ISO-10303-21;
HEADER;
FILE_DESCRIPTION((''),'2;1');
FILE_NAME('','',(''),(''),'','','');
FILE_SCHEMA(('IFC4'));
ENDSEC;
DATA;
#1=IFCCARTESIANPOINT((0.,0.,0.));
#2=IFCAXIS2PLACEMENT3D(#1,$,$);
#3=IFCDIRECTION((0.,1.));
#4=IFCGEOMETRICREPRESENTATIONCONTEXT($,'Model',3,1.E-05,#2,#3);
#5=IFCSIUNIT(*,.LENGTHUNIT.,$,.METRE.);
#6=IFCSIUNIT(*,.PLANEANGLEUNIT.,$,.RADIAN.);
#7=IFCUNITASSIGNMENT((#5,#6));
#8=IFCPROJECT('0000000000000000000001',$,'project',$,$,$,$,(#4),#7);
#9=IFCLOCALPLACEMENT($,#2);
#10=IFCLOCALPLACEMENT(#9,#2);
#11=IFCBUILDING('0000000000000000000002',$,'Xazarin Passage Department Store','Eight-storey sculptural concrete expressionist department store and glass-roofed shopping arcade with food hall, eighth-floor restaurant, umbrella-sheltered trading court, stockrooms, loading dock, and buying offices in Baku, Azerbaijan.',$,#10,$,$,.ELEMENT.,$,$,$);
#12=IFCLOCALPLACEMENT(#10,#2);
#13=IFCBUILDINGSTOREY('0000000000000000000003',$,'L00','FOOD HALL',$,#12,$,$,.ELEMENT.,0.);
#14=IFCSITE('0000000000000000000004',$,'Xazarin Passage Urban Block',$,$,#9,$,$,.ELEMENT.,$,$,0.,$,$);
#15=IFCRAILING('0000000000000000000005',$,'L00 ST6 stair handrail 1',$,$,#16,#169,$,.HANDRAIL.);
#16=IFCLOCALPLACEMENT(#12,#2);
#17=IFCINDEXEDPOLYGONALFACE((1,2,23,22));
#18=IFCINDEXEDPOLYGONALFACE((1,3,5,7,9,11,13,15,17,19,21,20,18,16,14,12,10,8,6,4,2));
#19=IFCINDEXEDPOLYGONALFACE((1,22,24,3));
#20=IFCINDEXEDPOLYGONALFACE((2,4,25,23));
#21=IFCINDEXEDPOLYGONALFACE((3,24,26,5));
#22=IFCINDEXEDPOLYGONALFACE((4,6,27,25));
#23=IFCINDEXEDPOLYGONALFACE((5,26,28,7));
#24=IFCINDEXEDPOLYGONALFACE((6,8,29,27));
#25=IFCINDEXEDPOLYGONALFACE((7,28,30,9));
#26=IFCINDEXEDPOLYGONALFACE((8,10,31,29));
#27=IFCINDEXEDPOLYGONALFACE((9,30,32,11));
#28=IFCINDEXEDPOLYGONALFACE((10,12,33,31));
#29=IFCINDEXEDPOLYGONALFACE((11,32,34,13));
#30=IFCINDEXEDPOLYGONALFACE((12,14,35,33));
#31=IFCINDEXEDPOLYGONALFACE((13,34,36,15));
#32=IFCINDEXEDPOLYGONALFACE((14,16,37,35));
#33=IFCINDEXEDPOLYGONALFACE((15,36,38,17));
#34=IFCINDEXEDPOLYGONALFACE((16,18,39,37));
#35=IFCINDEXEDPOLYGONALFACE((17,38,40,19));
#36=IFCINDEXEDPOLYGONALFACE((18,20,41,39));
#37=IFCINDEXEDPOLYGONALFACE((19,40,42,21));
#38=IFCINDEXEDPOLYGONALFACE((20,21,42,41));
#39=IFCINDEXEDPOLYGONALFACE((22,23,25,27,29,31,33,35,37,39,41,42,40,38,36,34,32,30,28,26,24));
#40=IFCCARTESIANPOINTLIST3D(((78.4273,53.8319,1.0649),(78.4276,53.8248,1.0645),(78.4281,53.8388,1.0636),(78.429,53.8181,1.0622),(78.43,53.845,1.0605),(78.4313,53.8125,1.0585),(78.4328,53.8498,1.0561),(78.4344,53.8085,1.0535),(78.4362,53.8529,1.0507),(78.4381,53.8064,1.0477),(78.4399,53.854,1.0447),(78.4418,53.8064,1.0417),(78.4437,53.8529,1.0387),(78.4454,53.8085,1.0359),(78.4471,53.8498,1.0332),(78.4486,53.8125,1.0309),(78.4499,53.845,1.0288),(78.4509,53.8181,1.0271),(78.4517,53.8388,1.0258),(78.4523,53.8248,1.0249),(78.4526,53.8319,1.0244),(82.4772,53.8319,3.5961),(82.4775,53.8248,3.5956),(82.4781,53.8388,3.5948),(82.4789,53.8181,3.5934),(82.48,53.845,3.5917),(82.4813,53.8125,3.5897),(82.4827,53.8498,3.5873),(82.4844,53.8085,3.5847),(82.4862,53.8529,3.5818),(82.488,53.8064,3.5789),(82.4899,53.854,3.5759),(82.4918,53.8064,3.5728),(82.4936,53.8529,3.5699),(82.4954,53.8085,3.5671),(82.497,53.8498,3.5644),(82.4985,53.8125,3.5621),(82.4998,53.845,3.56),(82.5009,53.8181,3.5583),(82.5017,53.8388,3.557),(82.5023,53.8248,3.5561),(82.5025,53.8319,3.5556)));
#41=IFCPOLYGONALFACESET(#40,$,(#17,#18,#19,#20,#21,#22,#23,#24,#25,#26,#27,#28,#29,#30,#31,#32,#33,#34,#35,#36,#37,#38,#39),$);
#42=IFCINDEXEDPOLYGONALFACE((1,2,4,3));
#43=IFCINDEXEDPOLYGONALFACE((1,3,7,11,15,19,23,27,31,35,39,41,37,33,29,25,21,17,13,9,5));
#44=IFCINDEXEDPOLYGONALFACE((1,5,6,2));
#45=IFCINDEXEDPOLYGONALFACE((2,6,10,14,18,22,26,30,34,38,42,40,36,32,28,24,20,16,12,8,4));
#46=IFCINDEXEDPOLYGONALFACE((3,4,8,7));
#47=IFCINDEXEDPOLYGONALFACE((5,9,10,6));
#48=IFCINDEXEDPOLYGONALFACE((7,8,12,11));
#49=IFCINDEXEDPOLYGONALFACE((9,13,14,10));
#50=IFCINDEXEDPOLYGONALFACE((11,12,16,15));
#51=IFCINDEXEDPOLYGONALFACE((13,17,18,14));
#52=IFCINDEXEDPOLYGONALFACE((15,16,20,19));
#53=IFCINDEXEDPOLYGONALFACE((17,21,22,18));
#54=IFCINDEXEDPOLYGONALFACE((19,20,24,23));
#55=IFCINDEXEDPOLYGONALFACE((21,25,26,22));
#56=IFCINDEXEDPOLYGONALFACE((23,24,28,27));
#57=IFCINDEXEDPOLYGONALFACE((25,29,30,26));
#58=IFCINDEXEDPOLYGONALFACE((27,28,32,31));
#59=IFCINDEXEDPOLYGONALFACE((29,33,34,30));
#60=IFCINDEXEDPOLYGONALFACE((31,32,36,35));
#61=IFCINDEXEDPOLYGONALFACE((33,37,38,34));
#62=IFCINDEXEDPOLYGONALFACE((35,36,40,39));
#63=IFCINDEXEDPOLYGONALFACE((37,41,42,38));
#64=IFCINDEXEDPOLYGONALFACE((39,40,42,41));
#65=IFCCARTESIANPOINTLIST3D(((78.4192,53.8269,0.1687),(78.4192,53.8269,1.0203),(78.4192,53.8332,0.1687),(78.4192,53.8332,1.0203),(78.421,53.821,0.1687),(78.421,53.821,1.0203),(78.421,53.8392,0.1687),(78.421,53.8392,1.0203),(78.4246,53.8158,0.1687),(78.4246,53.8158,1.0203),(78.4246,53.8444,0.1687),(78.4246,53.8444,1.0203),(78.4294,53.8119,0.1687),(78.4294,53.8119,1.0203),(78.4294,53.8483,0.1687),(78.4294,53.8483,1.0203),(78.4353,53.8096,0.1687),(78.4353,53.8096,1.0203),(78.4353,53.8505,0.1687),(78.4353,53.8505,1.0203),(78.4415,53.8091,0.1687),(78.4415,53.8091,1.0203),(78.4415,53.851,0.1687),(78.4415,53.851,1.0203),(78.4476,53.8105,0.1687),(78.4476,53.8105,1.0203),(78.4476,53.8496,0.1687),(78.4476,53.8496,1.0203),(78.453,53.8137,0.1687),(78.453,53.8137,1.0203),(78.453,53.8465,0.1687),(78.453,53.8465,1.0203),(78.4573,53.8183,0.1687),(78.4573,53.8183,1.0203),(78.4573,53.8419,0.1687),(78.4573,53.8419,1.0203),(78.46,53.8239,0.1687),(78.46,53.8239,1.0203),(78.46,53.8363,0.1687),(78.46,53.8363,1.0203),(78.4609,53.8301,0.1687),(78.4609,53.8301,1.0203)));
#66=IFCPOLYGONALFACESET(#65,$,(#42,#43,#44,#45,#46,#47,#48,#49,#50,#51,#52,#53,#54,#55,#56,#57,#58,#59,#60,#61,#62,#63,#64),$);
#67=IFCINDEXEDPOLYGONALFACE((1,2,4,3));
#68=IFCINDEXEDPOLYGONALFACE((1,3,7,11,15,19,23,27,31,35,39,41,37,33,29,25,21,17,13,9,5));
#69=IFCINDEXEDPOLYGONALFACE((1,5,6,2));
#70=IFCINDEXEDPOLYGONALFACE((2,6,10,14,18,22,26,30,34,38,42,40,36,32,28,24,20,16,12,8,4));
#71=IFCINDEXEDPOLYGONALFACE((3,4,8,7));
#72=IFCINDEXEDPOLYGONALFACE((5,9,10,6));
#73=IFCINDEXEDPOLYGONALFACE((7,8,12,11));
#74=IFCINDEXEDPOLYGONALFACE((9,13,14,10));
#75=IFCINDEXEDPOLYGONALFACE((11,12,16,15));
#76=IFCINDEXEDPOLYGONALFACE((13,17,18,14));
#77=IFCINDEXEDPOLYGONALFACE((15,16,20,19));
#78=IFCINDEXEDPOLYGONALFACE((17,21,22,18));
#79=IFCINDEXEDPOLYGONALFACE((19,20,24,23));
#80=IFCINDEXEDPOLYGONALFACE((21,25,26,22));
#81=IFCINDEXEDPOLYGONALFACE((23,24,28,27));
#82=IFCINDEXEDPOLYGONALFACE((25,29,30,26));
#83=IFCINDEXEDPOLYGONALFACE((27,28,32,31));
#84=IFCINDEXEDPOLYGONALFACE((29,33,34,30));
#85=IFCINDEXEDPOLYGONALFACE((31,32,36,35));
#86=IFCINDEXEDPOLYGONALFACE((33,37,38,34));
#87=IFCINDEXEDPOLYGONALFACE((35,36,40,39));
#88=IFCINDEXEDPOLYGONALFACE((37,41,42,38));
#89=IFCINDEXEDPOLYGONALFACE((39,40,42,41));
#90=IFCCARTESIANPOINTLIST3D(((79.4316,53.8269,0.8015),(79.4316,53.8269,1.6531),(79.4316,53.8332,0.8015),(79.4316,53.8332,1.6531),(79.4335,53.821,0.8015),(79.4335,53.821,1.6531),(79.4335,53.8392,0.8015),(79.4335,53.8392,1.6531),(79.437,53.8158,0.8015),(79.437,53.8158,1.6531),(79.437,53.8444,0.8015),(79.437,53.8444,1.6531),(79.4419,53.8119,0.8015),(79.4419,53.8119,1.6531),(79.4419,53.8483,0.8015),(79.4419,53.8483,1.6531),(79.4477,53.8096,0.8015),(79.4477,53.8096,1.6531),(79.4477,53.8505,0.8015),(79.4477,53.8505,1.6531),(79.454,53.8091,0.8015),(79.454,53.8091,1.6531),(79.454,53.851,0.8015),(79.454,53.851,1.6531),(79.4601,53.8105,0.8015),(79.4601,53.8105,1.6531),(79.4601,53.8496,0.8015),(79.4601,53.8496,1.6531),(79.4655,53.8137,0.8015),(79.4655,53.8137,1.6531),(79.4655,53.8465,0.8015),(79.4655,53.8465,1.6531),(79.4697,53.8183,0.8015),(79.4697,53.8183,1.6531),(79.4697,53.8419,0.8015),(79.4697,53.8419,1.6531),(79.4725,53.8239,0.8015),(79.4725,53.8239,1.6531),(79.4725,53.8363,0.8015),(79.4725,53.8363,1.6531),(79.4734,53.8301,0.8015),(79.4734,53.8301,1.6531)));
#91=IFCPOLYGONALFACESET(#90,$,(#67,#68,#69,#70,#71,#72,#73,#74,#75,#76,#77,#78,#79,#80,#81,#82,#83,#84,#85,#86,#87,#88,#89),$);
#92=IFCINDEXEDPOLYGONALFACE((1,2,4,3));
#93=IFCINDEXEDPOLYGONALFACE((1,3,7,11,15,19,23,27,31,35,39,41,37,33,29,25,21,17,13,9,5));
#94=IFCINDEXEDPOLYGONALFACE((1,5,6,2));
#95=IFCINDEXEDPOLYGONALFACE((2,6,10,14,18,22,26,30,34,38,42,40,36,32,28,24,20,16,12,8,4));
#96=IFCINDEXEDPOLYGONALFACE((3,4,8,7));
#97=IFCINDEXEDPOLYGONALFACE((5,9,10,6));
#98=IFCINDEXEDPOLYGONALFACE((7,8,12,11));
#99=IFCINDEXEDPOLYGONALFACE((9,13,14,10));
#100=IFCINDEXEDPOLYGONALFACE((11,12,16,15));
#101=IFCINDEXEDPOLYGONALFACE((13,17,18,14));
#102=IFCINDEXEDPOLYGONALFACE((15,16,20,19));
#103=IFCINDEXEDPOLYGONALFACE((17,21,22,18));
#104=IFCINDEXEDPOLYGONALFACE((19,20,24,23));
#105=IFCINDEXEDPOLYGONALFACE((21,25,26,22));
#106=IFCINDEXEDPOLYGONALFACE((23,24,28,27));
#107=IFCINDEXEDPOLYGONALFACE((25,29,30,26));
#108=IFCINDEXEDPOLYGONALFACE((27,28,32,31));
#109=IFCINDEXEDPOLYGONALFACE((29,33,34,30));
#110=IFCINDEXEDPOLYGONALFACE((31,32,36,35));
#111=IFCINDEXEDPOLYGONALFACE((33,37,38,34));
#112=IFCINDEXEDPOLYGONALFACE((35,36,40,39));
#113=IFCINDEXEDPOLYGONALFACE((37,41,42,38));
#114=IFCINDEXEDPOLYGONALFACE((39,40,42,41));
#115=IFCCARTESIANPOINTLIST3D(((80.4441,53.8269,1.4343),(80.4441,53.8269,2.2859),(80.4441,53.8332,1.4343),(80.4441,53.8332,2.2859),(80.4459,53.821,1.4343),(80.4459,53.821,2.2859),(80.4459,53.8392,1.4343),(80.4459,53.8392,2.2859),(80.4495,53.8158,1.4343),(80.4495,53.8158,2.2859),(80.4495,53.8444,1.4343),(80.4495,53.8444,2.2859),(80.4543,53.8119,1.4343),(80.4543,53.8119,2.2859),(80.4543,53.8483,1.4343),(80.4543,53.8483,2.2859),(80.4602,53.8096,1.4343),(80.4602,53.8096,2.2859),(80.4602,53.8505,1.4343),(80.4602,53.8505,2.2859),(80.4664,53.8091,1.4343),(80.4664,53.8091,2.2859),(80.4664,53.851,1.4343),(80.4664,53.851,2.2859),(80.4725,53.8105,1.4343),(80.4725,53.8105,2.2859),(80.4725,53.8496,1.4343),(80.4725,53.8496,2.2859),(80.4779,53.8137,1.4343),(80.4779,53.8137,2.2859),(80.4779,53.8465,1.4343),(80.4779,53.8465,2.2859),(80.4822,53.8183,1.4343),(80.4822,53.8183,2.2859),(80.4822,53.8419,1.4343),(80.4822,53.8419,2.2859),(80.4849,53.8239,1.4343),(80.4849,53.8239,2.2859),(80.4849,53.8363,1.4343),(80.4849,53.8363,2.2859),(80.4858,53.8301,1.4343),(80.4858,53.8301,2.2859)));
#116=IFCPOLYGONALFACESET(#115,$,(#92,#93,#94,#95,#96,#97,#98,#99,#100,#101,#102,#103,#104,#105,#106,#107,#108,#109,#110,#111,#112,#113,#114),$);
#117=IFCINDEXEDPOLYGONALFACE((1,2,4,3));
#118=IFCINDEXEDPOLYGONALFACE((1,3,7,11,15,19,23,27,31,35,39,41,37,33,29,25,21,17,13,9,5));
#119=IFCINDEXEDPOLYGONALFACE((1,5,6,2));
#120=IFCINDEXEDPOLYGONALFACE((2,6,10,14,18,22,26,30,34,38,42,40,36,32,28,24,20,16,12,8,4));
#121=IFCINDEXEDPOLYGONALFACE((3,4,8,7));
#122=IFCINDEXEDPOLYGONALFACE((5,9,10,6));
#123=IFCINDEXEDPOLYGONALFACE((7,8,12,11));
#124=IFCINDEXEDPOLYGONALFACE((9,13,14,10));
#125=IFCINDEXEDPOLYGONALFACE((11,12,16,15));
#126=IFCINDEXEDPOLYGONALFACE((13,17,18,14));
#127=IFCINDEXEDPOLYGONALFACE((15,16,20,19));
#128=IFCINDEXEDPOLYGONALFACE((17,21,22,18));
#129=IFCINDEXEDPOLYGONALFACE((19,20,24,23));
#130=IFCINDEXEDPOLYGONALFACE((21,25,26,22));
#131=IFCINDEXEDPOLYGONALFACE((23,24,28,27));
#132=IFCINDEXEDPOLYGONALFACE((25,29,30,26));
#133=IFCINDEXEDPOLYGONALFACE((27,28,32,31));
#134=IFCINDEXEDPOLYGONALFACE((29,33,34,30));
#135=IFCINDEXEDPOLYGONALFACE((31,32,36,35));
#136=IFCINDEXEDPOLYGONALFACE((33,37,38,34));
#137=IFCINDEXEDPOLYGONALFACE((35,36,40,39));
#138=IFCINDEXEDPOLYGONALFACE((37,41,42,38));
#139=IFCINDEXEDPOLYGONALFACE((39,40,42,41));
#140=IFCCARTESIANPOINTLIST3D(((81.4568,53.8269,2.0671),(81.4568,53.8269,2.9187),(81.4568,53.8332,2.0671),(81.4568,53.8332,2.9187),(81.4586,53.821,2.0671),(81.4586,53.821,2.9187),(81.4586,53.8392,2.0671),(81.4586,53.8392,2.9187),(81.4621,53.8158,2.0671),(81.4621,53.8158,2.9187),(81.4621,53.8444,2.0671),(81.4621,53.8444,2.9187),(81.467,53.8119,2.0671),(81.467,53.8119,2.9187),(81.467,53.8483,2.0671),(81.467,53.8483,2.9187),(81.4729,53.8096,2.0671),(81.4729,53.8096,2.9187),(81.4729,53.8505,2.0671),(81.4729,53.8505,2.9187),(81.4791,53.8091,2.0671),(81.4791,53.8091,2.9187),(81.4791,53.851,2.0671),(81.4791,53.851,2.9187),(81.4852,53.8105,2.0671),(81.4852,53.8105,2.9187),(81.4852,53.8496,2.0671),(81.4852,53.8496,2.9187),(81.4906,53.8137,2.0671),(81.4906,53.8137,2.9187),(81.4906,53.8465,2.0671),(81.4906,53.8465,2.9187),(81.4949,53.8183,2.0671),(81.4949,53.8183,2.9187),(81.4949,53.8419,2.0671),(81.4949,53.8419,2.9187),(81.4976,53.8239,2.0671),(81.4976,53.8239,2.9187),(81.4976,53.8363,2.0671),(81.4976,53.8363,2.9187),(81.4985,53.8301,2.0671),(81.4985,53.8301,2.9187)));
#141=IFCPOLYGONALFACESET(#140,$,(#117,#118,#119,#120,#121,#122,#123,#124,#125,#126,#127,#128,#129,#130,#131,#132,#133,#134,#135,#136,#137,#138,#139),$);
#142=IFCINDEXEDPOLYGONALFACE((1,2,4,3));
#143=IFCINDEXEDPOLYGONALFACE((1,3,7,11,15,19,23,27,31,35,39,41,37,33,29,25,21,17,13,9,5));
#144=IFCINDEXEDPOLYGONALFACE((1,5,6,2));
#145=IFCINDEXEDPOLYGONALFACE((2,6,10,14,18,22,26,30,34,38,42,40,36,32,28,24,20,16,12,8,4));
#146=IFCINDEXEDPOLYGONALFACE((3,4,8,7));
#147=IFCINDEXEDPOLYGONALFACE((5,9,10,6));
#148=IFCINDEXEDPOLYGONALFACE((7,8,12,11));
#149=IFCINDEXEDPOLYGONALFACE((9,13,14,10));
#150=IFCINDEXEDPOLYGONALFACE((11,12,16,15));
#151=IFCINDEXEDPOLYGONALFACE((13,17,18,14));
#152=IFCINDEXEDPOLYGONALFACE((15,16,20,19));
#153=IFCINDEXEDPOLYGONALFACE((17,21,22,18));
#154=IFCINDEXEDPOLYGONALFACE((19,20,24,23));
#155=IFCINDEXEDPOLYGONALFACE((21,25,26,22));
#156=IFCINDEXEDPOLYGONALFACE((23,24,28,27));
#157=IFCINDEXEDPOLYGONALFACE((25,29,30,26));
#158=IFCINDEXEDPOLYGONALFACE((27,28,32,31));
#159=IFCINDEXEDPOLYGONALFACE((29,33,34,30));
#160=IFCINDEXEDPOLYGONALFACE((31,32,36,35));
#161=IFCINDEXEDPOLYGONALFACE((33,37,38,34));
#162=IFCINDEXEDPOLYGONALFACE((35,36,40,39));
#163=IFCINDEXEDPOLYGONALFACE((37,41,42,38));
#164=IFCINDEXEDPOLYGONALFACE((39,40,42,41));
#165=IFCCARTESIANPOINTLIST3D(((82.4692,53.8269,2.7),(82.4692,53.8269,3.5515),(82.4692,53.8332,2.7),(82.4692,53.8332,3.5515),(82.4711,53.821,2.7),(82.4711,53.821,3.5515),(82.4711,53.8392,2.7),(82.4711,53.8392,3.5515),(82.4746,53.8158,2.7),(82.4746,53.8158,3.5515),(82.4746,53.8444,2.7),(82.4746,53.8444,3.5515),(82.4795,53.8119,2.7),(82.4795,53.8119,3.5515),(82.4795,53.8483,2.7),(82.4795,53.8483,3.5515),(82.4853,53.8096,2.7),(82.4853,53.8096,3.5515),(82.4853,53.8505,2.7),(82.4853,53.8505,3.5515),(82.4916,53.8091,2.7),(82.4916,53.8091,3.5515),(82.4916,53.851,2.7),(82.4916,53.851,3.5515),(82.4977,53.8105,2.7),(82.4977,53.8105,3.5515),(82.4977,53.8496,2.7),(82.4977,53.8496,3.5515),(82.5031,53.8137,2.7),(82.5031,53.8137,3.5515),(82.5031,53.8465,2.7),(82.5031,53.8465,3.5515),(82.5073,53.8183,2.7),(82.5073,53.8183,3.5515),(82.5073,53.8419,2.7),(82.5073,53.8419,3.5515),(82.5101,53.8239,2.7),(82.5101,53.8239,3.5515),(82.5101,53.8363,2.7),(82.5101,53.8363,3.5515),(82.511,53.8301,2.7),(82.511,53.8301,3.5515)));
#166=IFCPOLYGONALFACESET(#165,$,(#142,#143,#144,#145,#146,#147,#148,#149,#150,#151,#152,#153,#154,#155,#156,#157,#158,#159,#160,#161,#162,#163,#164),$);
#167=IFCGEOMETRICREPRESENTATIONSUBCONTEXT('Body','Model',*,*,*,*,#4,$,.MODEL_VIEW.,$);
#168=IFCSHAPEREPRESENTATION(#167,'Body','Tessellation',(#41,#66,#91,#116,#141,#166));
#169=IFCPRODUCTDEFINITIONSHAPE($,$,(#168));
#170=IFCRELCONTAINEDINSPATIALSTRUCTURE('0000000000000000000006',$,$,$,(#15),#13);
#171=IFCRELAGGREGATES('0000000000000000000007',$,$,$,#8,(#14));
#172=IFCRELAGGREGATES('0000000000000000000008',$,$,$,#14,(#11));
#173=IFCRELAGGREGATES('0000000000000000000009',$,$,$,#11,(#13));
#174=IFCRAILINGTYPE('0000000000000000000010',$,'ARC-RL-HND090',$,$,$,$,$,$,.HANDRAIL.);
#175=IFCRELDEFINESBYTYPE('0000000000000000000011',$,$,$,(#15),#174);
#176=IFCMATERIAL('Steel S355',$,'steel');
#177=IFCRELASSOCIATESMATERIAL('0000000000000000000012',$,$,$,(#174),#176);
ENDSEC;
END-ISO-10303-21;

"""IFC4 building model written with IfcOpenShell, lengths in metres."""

from ifc_helpers import new_model, si_unit, direction, frame, origin, origin_2d, place, context, subcontext, project, spatial, circle, extrude, material, type_object, element, save


model = new_model("IFC4")

# Units and contexts
model_context = context("Model", 3, precision=1e-05, world=origin(), true_north=direction((0.0, 1.0)))
body_context = subcontext(model_context, "Body", "Model", "MODEL_VIEW")
ifc_project = project(units=[si_unit("LENGTHUNIT", "METRE"), si_unit("PLANEANGLEUNIT", "RADIAN")], contexts=[model_context])

# Site, building, storey
site_placement = place(None, origin())
site = spatial("IfcSite", under=ifc_project, at=site_placement, Name="Xazarin Passage Urban Block", CompositionType="ELEMENT", RefElevation=0.0)
building_placement = place(site_placement, origin())
building = spatial("IfcBuilding", under=site, at=building_placement, Name="Xazarin Passage Department Store", Description="Eight-storey sculptural concrete expressionist department store and glass-roofed shopping arcade with food hall, eighth-floor restaurant, umbrella-sheltered trading court, stockrooms, loading dock, and buying offices in Baku, Azerbaijan.", CompositionType="ELEMENT")
storey_placement = place(building_placement, origin())
storey = spatial("IfcBuildingStorey", under=building, at=storey_placement, Name="L00", Description="FOOD HALL", CompositionType="ELEMENT", Elevation=0.0)

# Shared definitions
ifc_material_1 = material(Name="Steel S355", Category="steel")

# Railing
railing_type_1 = type_object("IfcRailingType", Name="ARC-RL-HND090", PredefinedType="HANDRAIL", material=ifc_material_1)
railing_1_placement = place(storey_placement, frame((78.4399, 53.8301, 0.1687)))
element("IfcRailing", 1, at=railing_1_placement, inside=storey, type_object=railing_type_1, Name="L00 ST6 stair handrail 1", PredefinedType="HANDRAIL", context=body_context, shape_type="SweptSolid", body=[
    extrude(circle(Radius=0.0239, at=origin_2d()), frame((0.0, 0.0, 0.876), z_axis=(0.848001, 0.0, 0.529994), x_axis=(0.0, 1.0, 0.0)), (0.0, 0.0, 1.0), 4.7759),
    extrude(circle(Radius=0.021, at=origin_2d()), origin(), (0.0, 0.0, 1.0), 0.8516),
    extrude(circle(Radius=0.021, at=origin_2d()), frame((1.0125, 0.0, 0.6328)), (0.0, 0.0, 1.0), 0.8516),
    extrude(circle(Radius=0.021, at=origin_2d()), frame((2.0249, 0.0, 1.2656)), (0.0, 0.0, 1.0), 0.8516),
    extrude(circle(Radius=0.021, at=origin_2d()), frame((3.0376, 0.0, 1.8984)), (0.0, 0.0, 1.0), 0.8516),
    extrude(circle(Radius=0.021, at=origin_2d()), frame((4.05, 0.0, 2.5312)), (0.0, 0.0, 1.0), 0.8516),
])

save(model, "model.ifc")
